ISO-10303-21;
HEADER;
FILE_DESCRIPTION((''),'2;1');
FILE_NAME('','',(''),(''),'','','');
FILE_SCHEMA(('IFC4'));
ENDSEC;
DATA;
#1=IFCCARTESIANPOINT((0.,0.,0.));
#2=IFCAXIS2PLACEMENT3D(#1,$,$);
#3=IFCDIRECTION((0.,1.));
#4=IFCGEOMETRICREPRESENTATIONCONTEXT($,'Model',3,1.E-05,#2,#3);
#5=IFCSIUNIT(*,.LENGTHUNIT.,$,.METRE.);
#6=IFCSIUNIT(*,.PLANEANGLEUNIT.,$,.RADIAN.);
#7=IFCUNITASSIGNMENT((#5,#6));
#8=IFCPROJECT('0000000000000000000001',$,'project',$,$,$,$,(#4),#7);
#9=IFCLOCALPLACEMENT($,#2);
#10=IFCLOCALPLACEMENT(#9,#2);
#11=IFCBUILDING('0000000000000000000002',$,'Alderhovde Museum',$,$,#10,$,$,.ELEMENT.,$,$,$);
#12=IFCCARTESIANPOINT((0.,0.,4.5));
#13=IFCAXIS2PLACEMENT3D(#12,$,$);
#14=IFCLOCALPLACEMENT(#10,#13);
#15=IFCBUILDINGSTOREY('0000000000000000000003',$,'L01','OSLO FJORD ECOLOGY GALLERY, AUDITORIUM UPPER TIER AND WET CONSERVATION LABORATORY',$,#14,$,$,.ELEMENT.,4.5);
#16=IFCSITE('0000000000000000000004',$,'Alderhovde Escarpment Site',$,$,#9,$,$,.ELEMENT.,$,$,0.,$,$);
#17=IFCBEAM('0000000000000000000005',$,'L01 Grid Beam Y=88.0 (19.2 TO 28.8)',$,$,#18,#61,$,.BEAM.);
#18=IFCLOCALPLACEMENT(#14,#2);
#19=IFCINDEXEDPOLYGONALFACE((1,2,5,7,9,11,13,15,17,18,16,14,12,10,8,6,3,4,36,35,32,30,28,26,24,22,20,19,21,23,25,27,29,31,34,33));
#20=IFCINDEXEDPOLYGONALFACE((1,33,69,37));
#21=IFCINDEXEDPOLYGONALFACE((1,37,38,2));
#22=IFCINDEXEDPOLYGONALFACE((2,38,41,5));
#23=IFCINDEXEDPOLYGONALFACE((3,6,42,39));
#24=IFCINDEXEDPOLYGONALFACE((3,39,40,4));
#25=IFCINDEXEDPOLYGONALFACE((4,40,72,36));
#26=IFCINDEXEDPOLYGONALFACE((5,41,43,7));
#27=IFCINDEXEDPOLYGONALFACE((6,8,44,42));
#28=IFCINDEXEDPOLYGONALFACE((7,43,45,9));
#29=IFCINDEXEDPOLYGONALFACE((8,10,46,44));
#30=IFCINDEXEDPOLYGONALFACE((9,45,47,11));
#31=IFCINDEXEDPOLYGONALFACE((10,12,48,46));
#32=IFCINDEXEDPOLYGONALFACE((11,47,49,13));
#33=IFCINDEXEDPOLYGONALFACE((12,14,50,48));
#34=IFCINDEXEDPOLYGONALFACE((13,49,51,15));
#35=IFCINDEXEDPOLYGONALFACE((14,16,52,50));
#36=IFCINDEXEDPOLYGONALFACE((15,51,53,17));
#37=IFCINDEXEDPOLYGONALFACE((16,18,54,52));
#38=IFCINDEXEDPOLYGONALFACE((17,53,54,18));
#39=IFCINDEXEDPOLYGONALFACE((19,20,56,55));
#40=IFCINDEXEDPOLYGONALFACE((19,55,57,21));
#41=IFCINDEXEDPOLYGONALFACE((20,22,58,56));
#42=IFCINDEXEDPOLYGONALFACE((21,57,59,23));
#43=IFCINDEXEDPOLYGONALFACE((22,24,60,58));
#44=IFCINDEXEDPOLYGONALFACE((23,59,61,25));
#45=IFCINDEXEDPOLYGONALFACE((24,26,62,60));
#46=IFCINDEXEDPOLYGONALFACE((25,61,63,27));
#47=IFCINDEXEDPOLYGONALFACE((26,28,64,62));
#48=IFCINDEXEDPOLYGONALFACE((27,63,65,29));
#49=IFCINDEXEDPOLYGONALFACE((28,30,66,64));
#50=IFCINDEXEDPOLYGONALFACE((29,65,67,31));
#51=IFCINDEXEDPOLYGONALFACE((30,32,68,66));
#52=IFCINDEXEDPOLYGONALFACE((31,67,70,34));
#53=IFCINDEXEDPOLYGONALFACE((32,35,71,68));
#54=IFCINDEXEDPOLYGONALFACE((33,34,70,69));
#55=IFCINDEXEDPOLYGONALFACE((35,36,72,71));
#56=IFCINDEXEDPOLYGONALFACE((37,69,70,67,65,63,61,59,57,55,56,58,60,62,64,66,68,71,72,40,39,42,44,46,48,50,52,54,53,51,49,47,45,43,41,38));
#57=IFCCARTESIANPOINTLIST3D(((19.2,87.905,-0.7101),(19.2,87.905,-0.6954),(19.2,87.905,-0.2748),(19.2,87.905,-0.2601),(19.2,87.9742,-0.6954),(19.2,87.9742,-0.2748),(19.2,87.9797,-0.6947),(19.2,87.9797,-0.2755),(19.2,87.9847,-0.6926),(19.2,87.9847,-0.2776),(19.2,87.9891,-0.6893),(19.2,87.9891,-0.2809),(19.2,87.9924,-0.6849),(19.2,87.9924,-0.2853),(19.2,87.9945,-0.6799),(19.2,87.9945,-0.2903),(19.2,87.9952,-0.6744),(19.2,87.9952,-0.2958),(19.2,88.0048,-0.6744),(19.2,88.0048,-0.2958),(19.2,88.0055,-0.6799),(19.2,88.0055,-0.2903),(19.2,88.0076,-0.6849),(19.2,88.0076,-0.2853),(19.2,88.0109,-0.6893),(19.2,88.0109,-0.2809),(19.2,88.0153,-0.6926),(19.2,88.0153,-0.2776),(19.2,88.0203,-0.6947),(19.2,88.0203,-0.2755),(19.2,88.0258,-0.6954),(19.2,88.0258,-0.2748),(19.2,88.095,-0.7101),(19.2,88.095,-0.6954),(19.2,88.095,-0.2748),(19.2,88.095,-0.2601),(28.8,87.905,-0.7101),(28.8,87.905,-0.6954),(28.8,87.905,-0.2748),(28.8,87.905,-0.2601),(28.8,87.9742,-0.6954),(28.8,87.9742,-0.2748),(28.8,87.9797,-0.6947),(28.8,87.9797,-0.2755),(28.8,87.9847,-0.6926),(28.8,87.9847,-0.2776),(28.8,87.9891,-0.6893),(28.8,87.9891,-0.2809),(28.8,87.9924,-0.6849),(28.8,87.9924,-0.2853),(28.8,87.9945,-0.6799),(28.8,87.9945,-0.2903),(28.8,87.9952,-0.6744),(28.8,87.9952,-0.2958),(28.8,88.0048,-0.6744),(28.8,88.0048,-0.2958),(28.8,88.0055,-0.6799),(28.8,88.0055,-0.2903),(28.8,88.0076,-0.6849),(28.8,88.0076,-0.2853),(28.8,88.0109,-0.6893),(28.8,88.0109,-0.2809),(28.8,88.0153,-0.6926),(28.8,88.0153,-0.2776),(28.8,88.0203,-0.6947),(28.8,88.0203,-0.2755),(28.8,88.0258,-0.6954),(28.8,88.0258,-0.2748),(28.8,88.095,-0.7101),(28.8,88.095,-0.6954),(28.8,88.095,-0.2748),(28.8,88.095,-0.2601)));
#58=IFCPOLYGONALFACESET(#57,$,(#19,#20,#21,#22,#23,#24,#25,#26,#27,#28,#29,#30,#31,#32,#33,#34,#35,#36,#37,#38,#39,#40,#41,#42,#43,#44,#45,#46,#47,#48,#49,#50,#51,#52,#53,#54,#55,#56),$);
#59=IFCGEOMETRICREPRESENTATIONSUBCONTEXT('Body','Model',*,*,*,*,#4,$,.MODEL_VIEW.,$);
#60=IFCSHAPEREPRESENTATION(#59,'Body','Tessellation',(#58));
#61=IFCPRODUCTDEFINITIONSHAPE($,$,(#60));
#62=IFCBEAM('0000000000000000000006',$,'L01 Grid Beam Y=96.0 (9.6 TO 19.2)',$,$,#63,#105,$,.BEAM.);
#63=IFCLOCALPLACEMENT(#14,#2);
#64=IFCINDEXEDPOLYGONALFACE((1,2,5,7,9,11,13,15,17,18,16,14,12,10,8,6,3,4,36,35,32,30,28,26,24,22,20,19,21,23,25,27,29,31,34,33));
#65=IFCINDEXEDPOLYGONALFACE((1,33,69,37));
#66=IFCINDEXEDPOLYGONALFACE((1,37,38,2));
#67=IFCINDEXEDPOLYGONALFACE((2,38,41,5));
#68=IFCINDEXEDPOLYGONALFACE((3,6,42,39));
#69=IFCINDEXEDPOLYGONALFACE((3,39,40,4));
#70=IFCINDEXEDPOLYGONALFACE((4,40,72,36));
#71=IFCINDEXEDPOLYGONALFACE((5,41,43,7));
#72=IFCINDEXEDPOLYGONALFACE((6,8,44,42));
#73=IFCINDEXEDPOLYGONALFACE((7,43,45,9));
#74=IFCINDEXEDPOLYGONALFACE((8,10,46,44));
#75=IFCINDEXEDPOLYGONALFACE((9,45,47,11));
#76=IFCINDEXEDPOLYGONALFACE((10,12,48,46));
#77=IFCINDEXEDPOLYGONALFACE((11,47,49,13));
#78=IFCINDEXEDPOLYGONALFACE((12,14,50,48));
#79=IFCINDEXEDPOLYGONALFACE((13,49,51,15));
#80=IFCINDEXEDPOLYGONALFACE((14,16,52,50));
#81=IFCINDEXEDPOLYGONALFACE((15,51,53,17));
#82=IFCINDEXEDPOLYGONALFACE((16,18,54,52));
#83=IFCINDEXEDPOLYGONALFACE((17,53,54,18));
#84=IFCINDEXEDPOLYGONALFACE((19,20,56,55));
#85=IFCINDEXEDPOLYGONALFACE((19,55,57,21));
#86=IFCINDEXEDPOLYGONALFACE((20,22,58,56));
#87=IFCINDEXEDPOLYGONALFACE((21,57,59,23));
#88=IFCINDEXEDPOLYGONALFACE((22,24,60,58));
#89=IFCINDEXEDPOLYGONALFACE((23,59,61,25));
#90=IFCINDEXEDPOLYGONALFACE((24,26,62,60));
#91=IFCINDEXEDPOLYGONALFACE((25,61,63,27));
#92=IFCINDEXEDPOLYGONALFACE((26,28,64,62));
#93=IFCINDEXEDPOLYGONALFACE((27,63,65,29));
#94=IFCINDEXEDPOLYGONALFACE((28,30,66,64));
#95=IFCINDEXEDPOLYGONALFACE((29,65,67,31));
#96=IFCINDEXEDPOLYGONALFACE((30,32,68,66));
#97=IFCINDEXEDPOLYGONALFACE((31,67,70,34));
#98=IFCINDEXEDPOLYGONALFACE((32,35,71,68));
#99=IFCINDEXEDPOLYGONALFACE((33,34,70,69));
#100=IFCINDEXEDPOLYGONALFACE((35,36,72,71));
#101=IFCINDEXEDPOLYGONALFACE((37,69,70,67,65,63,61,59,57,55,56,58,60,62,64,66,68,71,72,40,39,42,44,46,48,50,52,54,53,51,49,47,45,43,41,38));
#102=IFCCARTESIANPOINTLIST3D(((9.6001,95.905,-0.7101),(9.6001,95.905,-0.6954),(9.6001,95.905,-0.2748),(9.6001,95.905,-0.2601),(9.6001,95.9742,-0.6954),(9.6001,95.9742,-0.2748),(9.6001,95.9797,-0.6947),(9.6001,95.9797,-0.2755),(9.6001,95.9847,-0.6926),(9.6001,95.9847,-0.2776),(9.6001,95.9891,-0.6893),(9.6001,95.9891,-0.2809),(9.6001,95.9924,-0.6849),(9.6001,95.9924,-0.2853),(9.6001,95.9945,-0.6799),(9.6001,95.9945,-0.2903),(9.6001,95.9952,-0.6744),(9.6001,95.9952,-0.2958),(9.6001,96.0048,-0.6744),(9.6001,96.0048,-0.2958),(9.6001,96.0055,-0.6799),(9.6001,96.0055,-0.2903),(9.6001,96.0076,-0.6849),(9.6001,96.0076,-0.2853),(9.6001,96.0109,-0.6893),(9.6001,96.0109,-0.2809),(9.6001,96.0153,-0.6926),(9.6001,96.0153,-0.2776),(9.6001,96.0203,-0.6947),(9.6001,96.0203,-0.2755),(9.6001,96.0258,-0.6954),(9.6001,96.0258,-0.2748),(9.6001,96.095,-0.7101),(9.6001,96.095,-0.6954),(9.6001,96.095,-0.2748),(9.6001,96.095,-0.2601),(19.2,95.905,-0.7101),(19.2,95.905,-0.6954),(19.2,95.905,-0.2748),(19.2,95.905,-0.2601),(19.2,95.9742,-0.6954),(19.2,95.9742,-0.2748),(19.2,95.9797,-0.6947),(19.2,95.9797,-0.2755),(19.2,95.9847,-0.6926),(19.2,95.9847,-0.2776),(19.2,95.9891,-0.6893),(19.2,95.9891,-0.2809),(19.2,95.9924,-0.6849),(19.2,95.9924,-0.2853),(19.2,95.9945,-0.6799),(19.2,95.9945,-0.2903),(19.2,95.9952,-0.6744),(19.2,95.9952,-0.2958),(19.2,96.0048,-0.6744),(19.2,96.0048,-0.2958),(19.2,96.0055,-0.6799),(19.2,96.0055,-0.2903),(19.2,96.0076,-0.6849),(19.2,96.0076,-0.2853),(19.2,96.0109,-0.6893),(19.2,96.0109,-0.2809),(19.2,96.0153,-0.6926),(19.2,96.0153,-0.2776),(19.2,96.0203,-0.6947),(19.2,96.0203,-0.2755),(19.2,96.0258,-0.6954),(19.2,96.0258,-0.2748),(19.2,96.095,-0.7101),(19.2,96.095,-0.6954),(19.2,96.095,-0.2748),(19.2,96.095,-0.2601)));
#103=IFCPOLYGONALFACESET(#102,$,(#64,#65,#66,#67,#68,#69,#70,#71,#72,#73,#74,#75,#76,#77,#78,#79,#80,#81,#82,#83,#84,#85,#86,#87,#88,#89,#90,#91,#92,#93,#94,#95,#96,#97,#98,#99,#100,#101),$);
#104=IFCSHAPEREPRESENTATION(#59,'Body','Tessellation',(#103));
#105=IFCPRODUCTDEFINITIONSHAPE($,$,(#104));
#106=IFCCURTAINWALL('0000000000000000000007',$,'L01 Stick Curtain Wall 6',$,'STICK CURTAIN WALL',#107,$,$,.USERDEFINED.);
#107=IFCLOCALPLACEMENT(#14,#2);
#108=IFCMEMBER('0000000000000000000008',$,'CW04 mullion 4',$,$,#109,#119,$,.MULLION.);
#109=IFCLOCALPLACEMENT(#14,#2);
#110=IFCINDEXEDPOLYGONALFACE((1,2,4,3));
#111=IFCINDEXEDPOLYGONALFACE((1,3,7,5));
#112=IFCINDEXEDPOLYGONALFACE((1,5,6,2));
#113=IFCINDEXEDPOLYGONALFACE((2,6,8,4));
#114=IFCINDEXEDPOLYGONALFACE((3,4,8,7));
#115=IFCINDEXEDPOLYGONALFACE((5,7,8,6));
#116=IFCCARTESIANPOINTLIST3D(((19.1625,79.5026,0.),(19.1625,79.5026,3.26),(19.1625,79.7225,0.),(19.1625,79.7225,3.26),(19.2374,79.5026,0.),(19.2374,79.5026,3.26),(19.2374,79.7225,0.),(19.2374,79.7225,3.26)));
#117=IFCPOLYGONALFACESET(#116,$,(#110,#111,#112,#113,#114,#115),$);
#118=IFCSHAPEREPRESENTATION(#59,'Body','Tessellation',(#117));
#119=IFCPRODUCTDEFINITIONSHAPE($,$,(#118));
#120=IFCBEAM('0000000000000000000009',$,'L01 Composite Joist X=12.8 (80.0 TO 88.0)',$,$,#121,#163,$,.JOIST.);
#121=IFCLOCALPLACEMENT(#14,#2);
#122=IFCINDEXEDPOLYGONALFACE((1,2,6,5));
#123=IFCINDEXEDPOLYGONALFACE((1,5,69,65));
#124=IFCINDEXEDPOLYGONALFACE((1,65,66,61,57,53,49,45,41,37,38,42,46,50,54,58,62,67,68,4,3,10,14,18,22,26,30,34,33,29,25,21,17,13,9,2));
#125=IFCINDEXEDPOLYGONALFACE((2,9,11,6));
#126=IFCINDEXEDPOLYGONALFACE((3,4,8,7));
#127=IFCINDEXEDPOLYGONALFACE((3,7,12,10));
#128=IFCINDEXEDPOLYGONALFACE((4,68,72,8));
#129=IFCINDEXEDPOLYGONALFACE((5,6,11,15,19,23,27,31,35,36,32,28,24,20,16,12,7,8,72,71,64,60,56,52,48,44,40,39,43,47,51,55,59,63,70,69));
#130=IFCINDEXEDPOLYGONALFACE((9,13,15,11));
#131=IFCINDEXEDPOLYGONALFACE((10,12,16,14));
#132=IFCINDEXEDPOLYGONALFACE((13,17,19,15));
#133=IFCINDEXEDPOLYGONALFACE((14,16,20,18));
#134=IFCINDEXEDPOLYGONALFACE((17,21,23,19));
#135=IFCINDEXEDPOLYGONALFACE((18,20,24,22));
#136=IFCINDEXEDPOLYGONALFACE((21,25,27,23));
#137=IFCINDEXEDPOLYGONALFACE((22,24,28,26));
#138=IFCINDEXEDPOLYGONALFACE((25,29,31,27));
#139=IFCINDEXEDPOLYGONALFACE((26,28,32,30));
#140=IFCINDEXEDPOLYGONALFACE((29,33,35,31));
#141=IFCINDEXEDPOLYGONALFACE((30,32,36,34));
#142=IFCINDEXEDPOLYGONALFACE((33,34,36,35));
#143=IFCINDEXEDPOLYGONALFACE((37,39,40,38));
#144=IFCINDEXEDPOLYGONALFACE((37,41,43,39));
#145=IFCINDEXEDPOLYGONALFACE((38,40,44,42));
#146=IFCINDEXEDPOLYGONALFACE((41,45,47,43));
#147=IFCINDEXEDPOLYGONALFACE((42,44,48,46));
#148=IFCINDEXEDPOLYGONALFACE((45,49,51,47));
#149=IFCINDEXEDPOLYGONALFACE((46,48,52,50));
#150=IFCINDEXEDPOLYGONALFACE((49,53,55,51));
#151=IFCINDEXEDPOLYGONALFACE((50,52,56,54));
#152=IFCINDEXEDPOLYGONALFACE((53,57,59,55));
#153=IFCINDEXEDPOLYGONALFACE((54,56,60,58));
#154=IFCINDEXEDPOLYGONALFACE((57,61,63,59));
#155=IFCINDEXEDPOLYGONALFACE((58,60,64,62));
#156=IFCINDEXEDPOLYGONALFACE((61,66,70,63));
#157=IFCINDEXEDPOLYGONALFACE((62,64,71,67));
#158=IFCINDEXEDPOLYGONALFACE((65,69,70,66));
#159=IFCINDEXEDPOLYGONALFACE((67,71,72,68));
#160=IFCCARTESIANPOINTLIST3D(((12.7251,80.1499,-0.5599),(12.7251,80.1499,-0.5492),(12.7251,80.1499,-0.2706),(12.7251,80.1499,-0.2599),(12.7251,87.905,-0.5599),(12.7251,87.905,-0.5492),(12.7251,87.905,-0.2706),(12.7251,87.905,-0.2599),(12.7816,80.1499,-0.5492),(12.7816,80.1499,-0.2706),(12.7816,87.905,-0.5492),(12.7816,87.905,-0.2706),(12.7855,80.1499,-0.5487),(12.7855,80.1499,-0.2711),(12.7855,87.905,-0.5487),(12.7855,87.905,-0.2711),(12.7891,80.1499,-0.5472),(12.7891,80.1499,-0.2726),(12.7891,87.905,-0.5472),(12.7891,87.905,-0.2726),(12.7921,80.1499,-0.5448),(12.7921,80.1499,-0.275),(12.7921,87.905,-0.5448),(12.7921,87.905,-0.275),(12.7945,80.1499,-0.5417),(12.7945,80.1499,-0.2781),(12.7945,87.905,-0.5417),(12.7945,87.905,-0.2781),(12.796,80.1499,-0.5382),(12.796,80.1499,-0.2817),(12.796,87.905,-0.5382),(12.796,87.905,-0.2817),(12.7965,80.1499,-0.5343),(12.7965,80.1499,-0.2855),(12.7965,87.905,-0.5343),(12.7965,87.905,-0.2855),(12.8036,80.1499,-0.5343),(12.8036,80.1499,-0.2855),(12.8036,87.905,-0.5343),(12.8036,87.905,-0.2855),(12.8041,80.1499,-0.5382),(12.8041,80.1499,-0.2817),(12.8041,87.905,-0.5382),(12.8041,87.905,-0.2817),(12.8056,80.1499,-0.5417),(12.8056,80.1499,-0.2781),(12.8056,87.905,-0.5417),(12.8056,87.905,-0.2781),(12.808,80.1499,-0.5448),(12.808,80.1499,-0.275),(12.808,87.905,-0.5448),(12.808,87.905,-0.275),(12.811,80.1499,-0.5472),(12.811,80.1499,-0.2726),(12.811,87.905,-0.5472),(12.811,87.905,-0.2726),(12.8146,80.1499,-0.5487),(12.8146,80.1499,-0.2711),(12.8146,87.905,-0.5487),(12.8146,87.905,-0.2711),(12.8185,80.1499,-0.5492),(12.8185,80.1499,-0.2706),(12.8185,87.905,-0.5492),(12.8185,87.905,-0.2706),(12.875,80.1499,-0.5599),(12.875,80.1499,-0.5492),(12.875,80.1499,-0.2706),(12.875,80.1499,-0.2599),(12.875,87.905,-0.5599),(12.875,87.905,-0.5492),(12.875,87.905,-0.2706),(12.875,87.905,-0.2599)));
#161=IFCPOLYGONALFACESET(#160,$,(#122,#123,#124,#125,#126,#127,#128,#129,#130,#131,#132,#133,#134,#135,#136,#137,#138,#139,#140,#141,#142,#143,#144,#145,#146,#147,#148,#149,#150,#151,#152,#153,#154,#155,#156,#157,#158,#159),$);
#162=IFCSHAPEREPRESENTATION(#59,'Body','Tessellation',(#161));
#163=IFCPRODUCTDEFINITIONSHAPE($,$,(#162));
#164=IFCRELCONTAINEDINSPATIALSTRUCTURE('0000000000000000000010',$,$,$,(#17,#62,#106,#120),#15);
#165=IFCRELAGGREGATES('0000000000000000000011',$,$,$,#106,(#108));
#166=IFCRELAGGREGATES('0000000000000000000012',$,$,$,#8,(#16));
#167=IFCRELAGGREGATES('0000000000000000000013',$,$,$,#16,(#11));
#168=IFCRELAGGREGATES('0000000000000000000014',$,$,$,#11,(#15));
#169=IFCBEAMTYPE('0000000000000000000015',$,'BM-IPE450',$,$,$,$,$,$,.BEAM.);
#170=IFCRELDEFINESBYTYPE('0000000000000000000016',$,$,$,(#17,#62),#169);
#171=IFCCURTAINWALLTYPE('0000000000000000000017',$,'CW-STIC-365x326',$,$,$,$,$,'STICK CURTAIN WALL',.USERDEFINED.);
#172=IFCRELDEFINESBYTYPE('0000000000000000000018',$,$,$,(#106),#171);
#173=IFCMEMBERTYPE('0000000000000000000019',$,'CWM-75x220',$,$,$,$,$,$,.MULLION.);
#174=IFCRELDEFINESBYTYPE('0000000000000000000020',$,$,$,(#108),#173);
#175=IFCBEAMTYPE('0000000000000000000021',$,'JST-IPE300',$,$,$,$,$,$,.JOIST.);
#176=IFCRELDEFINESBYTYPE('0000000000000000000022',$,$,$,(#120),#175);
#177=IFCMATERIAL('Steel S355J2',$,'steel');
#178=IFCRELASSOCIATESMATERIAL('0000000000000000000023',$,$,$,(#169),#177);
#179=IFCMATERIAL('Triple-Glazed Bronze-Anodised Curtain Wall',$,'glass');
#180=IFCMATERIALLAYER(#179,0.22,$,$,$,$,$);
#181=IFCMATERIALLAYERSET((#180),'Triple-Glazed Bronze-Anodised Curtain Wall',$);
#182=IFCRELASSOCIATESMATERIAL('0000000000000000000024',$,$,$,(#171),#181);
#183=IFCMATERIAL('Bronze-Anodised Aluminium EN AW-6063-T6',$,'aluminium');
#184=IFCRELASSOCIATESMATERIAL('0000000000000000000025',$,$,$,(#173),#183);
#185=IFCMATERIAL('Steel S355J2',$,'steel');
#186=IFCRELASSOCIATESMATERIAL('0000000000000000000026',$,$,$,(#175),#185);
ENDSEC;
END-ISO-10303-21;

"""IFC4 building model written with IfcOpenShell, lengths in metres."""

from ifc_helpers import new_model, si_unit, direction, frame, origin, origin_2d, place, context, subcontext, project, spatial, rectangle, i_section, extrude, material, layer, layer_set, material_profile, profile_set, type_object, element, aggregate, save


model = new_model("IFC4")

# Units and contexts
model_context = context("Model", 3, precision=1e-05, world=origin(), true_north=direction((0.0, 1.0)))
body_context = subcontext(model_context, "Body", "Model", "MODEL_VIEW")
ifc_project = project(units=[si_unit("LENGTHUNIT", "METRE"), si_unit("PLANEANGLEUNIT", "RADIAN")], contexts=[model_context])

# Site, building, storey
site_placement = place(None, origin())
site = spatial("IfcSite", under=ifc_project, at=site_placement, Name="Alderhovde Escarpment Site", CompositionType="ELEMENT", RefElevation=0.0)
building_placement = place(site_placement, origin())
building = spatial("IfcBuilding", under=site, at=building_placement, Name="Alderhovde Museum", CompositionType="ELEMENT")
storey_placement = place(building_placement, frame((0.0, 0.0, 4.5)))
storey = spatial("IfcBuildingStorey", under=building, at=storey_placement, Name="L01", Description="OSLO FJORD ECOLOGY GALLERY, AUDITORIUM UPPER TIER AND WET CONSERVATION LABORATORY", CompositionType="ELEMENT", Elevation=4.5)

# Beams
ifc_material_1 = material(Name="Steel S355J2", Category="steel")
ifc_material_profile_1 = material_profile(ifc_material_1, i_section(OverallWidth=0.1899, OverallDepth=0.45, WebThickness=0.0095, FlangeThickness=0.0146, FilletRadius=0.021, at=origin_2d()), Name="IPE 450")
ifc_profile_set_1 = profile_set([ifc_material_profile_1], Name="Steel S355J2")
beam_type_1 = type_object("IfcBeamType", Name="BM-IPE450", PredefinedType="BEAM", material=ifc_profile_set_1)
beam_1_placement = place(storey_placement, frame((19.2, 88.0, -0.4851), z_axis=(1.0, 0.0, 0.0), x_axis=(0.0, 1.0, 0.0)))
element("IfcBeam", 1, at=beam_1_placement, inside=storey, type_object=beam_type_1, Name="L01 Grid Beam Y=88.0 (19.2 TO 28.8)", PredefinedType="BEAM", context=body_context, shape_type="SweptSolid", body=[
    extrude(i_section(OverallWidth=0.1899, OverallDepth=0.45, WebThickness=0.0095, FlangeThickness=0.0146, FilletRadius=0.021, at=origin_2d()), origin(), (0.0, 0.0, 1.0), 9.6001),
])
beam_2_placement = place(storey_placement, frame((9.6001, 96.0, -0.4851), z_axis=(1.0, 0.0, 0.0), x_axis=(0.0, 1.0, 0.0)))
element("IfcBeam", 2, at=beam_2_placement, inside=storey, type_object=beam_type_1, Name="L01 Grid Beam Y=96.0 (9.6 TO 19.2)", PredefinedType="BEAM", context=body_context, shape_type="SweptSolid", body=[
    extrude(i_section(OverallWidth=0.1899, OverallDepth=0.45, WebThickness=0.0095, FlangeThickness=0.0146, FilletRadius=0.021, at=origin_2d()), origin(), (0.0, 0.0, 1.0), 9.5999),
])

# Curtain wall, member
ifc_material_2 = material(Name="Triple-Glazed Bronze-Anodised Curtain Wall", Category="glass")
ifc_layer_1 = layer(ifc_material_2, 0.22)
ifc_layer_set_1 = layer_set([ifc_layer_1], Name="Triple-Glazed Bronze-Anodised Curtain Wall")
curtain_wall_type = type_object("IfcCurtainWallType", Name="CW-STIC-365x326", ElementType="STICK CURTAIN WALL", PredefinedType="USERDEFINED", material=ifc_layer_set_1)
curtain_wall_placement = place(storey_placement, origin())
curtain_wall = element("IfcCurtainWall", 3, at=curtain_wall_placement, inside=storey, type_object=curtain_wall_type, Name="L01 Stick Curtain Wall 6", ObjectType="STICK CURTAIN WALL", PredefinedType="USERDEFINED")
ifc_material_3 = material(Name="Bronze-Anodised Aluminium EN AW-6063-T6", Category="aluminium")
ifc_material_profile_2 = material_profile(ifc_material_3, rectangle(XDim=0.075, YDim=0.22, at=origin_2d()), Name="MULLION 75x220")
ifc_profile_set_2 = profile_set([ifc_material_profile_2], Name="Bronze-Anodised Aluminium EN AW-6063-T6")
member_type = type_object("IfcMemberType", Name="CWM-75x220", PredefinedType="MULLION", material=ifc_profile_set_2)
member_placement = place(storey_placement, frame((19.2, 79.6125, 0.0), z_axis=(0.0, 0.0, 1.0), x_axis=(-1.0, 0.0, 0.0)))
member = element("IfcMember", 4, at=member_placement, type_object=member_type, Name="CW04 mullion 4", PredefinedType="MULLION", context=body_context, shape_type="SweptSolid", body=[
    extrude(rectangle(XDim=0.075, YDim=0.22, at=origin_2d()), origin(), (0.0, 0.0, 1.0), 3.26),
])

# Beam
ifc_material_4 = material(Name="Steel S355J2", Category="steel")
ifc_material_profile_3 = material_profile(ifc_material_4, i_section(OverallWidth=0.1499, OverallDepth=0.3, WebThickness=0.0071, FlangeThickness=0.0107, FilletRadius=0.0149, at=origin_2d()), Name="IPE 300")
ifc_profile_set_3 = profile_set([ifc_material_profile_3], Name="Steel S355J2")
beam_type_2 = type_object("IfcBeamType", Name="JST-IPE300", PredefinedType="JOIST", material=ifc_profile_set_3)
for number, where, z_axis, x_axis, name in (
    (5, (12.8, 80.1499, -0.4099), (0.0, 1.0, 0.0), (-1.0, 0.0, 0.0), "L01 Composite Joist X=12.8 (80.0 TO 88.0)"),
):
    element("IfcBeam", number, at=place(storey_placement, frame(where, z_axis=z_axis, x_axis=x_axis)), inside=storey, type_object=beam_type_2, Name=name, PredefinedType="JOIST", context=body_context, shape_type="SweptSolid", body=[
        extrude(i_section(OverallWidth=0.1499, OverallDepth=0.3, WebThickness=0.0071, FlangeThickness=0.0107, FilletRadius=0.0149, at=origin_2d()), origin(), (0.0, 0.0, 1.0), 7.7551),
    ])

aggregate(curtain_wall, [member])

save(model, "model.ifc")
